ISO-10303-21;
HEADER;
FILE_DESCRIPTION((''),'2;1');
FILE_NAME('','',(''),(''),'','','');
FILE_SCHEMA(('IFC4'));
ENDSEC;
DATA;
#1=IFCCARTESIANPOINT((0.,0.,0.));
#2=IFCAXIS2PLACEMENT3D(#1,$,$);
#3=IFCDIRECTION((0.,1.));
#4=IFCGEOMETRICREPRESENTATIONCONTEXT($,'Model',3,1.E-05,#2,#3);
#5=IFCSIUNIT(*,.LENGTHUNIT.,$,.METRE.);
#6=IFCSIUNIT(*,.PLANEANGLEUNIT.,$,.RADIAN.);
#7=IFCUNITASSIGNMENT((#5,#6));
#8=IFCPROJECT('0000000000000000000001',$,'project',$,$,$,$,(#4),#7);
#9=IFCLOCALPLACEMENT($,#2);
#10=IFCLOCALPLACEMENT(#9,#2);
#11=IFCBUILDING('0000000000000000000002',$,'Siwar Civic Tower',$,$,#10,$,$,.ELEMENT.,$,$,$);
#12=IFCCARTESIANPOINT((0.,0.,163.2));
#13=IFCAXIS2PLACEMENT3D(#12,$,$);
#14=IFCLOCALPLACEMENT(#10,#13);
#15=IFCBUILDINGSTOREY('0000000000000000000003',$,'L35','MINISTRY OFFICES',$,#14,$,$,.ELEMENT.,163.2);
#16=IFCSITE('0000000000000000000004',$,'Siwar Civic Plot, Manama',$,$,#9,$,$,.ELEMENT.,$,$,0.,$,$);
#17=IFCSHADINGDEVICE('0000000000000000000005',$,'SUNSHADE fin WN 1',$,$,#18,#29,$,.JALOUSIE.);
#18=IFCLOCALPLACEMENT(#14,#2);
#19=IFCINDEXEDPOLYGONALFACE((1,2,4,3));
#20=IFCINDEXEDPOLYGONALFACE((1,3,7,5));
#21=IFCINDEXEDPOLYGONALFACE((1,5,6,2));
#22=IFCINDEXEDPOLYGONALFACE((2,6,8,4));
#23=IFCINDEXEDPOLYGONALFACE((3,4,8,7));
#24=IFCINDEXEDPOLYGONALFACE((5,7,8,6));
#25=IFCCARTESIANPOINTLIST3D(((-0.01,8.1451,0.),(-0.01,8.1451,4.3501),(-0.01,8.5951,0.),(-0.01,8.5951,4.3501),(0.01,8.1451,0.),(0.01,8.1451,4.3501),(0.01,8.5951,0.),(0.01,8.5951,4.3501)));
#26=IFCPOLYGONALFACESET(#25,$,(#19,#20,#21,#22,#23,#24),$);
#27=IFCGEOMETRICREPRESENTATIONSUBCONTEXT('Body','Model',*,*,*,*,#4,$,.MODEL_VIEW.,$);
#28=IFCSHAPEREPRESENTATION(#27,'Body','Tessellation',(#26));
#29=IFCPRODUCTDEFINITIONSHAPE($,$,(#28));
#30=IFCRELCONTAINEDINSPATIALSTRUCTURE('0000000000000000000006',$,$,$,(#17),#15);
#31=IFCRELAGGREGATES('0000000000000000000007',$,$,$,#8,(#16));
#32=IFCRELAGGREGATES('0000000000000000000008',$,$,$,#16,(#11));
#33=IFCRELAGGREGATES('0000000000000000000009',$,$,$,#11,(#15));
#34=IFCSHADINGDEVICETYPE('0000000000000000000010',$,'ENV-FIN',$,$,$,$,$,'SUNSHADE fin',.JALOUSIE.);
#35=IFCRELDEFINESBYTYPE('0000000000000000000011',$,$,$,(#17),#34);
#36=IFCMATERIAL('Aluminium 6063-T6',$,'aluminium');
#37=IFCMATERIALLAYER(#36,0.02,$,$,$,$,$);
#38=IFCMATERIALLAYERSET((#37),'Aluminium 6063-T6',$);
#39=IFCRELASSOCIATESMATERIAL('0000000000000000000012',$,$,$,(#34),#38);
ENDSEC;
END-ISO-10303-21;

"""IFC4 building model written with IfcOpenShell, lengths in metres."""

from ifc_helpers import new_model, si_unit, direction, frame, origin, origin_2d, place, context, subcontext, project, spatial, rectangle, extrude, material, layer, layer_set, type_object, element, save


model = new_model("IFC4")

# Units and contexts
model_context = context("Model", 3, precision=1e-05, world=origin(), true_north=direction((0.0, 1.0)))
body_context = subcontext(model_context, "Body", "Model", "MODEL_VIEW")
ifc_project = project(units=[si_unit("LENGTHUNIT", "METRE"), si_unit("PLANEANGLEUNIT", "RADIAN")], contexts=[model_context])

# Site, building, storey
site_placement = place(None, origin())
site = spatial("IfcSite", under=ifc_project, at=site_placement, Name="Siwar Civic Plot, Manama", CompositionType="ELEMENT", RefElevation=0.0)
building_placement = place(site_placement, origin())
building = spatial("IfcBuilding", under=site, at=building_placement, Name="Siwar Civic Tower", CompositionType="ELEMENT")
storey_placement = place(building_placement, frame((0.0, 0.0, 163.2)))
storey = spatial("IfcBuildingStorey", under=building, at=storey_placement, Name="L35", Description="MINISTRY OFFICES", CompositionType="ELEMENT", Elevation=163.2)

# Shading device
ifc_material_1 = material(Name="Aluminium 6063-T6", Category="aluminium")
ifc_layer_1 = layer(ifc_material_1, 0.02)
ifc_layer_set_1 = layer_set([ifc_layer_1], Name="Aluminium 6063-T6")
shading_device_type = type_object("IfcShadingDeviceType", Name="ENV-FIN", ElementType="SUNSHADE fin", PredefinedType="JALOUSIE", material=ifc_layer_set_1)
shading_device_placement = place(storey_placement, frame((0.0, 8.3701, 0.0), z_axis=(0.0, 0.0, 1.0), x_axis=(-1.0, 0.0, 0.0)))
element("IfcShadingDevice", 1, at=shading_device_placement, inside=storey, type_object=shading_device_type, Name="SUNSHADE fin WN 1", PredefinedType="JALOUSIE", context=body_context, shape_type="SweptSolid", body=[
    extrude(rectangle(XDim=0.02, YDim=0.45, at=origin_2d()), origin(), (0.0, 0.0, 1.0), 4.3501),
])

save(model, "model.ifc")
